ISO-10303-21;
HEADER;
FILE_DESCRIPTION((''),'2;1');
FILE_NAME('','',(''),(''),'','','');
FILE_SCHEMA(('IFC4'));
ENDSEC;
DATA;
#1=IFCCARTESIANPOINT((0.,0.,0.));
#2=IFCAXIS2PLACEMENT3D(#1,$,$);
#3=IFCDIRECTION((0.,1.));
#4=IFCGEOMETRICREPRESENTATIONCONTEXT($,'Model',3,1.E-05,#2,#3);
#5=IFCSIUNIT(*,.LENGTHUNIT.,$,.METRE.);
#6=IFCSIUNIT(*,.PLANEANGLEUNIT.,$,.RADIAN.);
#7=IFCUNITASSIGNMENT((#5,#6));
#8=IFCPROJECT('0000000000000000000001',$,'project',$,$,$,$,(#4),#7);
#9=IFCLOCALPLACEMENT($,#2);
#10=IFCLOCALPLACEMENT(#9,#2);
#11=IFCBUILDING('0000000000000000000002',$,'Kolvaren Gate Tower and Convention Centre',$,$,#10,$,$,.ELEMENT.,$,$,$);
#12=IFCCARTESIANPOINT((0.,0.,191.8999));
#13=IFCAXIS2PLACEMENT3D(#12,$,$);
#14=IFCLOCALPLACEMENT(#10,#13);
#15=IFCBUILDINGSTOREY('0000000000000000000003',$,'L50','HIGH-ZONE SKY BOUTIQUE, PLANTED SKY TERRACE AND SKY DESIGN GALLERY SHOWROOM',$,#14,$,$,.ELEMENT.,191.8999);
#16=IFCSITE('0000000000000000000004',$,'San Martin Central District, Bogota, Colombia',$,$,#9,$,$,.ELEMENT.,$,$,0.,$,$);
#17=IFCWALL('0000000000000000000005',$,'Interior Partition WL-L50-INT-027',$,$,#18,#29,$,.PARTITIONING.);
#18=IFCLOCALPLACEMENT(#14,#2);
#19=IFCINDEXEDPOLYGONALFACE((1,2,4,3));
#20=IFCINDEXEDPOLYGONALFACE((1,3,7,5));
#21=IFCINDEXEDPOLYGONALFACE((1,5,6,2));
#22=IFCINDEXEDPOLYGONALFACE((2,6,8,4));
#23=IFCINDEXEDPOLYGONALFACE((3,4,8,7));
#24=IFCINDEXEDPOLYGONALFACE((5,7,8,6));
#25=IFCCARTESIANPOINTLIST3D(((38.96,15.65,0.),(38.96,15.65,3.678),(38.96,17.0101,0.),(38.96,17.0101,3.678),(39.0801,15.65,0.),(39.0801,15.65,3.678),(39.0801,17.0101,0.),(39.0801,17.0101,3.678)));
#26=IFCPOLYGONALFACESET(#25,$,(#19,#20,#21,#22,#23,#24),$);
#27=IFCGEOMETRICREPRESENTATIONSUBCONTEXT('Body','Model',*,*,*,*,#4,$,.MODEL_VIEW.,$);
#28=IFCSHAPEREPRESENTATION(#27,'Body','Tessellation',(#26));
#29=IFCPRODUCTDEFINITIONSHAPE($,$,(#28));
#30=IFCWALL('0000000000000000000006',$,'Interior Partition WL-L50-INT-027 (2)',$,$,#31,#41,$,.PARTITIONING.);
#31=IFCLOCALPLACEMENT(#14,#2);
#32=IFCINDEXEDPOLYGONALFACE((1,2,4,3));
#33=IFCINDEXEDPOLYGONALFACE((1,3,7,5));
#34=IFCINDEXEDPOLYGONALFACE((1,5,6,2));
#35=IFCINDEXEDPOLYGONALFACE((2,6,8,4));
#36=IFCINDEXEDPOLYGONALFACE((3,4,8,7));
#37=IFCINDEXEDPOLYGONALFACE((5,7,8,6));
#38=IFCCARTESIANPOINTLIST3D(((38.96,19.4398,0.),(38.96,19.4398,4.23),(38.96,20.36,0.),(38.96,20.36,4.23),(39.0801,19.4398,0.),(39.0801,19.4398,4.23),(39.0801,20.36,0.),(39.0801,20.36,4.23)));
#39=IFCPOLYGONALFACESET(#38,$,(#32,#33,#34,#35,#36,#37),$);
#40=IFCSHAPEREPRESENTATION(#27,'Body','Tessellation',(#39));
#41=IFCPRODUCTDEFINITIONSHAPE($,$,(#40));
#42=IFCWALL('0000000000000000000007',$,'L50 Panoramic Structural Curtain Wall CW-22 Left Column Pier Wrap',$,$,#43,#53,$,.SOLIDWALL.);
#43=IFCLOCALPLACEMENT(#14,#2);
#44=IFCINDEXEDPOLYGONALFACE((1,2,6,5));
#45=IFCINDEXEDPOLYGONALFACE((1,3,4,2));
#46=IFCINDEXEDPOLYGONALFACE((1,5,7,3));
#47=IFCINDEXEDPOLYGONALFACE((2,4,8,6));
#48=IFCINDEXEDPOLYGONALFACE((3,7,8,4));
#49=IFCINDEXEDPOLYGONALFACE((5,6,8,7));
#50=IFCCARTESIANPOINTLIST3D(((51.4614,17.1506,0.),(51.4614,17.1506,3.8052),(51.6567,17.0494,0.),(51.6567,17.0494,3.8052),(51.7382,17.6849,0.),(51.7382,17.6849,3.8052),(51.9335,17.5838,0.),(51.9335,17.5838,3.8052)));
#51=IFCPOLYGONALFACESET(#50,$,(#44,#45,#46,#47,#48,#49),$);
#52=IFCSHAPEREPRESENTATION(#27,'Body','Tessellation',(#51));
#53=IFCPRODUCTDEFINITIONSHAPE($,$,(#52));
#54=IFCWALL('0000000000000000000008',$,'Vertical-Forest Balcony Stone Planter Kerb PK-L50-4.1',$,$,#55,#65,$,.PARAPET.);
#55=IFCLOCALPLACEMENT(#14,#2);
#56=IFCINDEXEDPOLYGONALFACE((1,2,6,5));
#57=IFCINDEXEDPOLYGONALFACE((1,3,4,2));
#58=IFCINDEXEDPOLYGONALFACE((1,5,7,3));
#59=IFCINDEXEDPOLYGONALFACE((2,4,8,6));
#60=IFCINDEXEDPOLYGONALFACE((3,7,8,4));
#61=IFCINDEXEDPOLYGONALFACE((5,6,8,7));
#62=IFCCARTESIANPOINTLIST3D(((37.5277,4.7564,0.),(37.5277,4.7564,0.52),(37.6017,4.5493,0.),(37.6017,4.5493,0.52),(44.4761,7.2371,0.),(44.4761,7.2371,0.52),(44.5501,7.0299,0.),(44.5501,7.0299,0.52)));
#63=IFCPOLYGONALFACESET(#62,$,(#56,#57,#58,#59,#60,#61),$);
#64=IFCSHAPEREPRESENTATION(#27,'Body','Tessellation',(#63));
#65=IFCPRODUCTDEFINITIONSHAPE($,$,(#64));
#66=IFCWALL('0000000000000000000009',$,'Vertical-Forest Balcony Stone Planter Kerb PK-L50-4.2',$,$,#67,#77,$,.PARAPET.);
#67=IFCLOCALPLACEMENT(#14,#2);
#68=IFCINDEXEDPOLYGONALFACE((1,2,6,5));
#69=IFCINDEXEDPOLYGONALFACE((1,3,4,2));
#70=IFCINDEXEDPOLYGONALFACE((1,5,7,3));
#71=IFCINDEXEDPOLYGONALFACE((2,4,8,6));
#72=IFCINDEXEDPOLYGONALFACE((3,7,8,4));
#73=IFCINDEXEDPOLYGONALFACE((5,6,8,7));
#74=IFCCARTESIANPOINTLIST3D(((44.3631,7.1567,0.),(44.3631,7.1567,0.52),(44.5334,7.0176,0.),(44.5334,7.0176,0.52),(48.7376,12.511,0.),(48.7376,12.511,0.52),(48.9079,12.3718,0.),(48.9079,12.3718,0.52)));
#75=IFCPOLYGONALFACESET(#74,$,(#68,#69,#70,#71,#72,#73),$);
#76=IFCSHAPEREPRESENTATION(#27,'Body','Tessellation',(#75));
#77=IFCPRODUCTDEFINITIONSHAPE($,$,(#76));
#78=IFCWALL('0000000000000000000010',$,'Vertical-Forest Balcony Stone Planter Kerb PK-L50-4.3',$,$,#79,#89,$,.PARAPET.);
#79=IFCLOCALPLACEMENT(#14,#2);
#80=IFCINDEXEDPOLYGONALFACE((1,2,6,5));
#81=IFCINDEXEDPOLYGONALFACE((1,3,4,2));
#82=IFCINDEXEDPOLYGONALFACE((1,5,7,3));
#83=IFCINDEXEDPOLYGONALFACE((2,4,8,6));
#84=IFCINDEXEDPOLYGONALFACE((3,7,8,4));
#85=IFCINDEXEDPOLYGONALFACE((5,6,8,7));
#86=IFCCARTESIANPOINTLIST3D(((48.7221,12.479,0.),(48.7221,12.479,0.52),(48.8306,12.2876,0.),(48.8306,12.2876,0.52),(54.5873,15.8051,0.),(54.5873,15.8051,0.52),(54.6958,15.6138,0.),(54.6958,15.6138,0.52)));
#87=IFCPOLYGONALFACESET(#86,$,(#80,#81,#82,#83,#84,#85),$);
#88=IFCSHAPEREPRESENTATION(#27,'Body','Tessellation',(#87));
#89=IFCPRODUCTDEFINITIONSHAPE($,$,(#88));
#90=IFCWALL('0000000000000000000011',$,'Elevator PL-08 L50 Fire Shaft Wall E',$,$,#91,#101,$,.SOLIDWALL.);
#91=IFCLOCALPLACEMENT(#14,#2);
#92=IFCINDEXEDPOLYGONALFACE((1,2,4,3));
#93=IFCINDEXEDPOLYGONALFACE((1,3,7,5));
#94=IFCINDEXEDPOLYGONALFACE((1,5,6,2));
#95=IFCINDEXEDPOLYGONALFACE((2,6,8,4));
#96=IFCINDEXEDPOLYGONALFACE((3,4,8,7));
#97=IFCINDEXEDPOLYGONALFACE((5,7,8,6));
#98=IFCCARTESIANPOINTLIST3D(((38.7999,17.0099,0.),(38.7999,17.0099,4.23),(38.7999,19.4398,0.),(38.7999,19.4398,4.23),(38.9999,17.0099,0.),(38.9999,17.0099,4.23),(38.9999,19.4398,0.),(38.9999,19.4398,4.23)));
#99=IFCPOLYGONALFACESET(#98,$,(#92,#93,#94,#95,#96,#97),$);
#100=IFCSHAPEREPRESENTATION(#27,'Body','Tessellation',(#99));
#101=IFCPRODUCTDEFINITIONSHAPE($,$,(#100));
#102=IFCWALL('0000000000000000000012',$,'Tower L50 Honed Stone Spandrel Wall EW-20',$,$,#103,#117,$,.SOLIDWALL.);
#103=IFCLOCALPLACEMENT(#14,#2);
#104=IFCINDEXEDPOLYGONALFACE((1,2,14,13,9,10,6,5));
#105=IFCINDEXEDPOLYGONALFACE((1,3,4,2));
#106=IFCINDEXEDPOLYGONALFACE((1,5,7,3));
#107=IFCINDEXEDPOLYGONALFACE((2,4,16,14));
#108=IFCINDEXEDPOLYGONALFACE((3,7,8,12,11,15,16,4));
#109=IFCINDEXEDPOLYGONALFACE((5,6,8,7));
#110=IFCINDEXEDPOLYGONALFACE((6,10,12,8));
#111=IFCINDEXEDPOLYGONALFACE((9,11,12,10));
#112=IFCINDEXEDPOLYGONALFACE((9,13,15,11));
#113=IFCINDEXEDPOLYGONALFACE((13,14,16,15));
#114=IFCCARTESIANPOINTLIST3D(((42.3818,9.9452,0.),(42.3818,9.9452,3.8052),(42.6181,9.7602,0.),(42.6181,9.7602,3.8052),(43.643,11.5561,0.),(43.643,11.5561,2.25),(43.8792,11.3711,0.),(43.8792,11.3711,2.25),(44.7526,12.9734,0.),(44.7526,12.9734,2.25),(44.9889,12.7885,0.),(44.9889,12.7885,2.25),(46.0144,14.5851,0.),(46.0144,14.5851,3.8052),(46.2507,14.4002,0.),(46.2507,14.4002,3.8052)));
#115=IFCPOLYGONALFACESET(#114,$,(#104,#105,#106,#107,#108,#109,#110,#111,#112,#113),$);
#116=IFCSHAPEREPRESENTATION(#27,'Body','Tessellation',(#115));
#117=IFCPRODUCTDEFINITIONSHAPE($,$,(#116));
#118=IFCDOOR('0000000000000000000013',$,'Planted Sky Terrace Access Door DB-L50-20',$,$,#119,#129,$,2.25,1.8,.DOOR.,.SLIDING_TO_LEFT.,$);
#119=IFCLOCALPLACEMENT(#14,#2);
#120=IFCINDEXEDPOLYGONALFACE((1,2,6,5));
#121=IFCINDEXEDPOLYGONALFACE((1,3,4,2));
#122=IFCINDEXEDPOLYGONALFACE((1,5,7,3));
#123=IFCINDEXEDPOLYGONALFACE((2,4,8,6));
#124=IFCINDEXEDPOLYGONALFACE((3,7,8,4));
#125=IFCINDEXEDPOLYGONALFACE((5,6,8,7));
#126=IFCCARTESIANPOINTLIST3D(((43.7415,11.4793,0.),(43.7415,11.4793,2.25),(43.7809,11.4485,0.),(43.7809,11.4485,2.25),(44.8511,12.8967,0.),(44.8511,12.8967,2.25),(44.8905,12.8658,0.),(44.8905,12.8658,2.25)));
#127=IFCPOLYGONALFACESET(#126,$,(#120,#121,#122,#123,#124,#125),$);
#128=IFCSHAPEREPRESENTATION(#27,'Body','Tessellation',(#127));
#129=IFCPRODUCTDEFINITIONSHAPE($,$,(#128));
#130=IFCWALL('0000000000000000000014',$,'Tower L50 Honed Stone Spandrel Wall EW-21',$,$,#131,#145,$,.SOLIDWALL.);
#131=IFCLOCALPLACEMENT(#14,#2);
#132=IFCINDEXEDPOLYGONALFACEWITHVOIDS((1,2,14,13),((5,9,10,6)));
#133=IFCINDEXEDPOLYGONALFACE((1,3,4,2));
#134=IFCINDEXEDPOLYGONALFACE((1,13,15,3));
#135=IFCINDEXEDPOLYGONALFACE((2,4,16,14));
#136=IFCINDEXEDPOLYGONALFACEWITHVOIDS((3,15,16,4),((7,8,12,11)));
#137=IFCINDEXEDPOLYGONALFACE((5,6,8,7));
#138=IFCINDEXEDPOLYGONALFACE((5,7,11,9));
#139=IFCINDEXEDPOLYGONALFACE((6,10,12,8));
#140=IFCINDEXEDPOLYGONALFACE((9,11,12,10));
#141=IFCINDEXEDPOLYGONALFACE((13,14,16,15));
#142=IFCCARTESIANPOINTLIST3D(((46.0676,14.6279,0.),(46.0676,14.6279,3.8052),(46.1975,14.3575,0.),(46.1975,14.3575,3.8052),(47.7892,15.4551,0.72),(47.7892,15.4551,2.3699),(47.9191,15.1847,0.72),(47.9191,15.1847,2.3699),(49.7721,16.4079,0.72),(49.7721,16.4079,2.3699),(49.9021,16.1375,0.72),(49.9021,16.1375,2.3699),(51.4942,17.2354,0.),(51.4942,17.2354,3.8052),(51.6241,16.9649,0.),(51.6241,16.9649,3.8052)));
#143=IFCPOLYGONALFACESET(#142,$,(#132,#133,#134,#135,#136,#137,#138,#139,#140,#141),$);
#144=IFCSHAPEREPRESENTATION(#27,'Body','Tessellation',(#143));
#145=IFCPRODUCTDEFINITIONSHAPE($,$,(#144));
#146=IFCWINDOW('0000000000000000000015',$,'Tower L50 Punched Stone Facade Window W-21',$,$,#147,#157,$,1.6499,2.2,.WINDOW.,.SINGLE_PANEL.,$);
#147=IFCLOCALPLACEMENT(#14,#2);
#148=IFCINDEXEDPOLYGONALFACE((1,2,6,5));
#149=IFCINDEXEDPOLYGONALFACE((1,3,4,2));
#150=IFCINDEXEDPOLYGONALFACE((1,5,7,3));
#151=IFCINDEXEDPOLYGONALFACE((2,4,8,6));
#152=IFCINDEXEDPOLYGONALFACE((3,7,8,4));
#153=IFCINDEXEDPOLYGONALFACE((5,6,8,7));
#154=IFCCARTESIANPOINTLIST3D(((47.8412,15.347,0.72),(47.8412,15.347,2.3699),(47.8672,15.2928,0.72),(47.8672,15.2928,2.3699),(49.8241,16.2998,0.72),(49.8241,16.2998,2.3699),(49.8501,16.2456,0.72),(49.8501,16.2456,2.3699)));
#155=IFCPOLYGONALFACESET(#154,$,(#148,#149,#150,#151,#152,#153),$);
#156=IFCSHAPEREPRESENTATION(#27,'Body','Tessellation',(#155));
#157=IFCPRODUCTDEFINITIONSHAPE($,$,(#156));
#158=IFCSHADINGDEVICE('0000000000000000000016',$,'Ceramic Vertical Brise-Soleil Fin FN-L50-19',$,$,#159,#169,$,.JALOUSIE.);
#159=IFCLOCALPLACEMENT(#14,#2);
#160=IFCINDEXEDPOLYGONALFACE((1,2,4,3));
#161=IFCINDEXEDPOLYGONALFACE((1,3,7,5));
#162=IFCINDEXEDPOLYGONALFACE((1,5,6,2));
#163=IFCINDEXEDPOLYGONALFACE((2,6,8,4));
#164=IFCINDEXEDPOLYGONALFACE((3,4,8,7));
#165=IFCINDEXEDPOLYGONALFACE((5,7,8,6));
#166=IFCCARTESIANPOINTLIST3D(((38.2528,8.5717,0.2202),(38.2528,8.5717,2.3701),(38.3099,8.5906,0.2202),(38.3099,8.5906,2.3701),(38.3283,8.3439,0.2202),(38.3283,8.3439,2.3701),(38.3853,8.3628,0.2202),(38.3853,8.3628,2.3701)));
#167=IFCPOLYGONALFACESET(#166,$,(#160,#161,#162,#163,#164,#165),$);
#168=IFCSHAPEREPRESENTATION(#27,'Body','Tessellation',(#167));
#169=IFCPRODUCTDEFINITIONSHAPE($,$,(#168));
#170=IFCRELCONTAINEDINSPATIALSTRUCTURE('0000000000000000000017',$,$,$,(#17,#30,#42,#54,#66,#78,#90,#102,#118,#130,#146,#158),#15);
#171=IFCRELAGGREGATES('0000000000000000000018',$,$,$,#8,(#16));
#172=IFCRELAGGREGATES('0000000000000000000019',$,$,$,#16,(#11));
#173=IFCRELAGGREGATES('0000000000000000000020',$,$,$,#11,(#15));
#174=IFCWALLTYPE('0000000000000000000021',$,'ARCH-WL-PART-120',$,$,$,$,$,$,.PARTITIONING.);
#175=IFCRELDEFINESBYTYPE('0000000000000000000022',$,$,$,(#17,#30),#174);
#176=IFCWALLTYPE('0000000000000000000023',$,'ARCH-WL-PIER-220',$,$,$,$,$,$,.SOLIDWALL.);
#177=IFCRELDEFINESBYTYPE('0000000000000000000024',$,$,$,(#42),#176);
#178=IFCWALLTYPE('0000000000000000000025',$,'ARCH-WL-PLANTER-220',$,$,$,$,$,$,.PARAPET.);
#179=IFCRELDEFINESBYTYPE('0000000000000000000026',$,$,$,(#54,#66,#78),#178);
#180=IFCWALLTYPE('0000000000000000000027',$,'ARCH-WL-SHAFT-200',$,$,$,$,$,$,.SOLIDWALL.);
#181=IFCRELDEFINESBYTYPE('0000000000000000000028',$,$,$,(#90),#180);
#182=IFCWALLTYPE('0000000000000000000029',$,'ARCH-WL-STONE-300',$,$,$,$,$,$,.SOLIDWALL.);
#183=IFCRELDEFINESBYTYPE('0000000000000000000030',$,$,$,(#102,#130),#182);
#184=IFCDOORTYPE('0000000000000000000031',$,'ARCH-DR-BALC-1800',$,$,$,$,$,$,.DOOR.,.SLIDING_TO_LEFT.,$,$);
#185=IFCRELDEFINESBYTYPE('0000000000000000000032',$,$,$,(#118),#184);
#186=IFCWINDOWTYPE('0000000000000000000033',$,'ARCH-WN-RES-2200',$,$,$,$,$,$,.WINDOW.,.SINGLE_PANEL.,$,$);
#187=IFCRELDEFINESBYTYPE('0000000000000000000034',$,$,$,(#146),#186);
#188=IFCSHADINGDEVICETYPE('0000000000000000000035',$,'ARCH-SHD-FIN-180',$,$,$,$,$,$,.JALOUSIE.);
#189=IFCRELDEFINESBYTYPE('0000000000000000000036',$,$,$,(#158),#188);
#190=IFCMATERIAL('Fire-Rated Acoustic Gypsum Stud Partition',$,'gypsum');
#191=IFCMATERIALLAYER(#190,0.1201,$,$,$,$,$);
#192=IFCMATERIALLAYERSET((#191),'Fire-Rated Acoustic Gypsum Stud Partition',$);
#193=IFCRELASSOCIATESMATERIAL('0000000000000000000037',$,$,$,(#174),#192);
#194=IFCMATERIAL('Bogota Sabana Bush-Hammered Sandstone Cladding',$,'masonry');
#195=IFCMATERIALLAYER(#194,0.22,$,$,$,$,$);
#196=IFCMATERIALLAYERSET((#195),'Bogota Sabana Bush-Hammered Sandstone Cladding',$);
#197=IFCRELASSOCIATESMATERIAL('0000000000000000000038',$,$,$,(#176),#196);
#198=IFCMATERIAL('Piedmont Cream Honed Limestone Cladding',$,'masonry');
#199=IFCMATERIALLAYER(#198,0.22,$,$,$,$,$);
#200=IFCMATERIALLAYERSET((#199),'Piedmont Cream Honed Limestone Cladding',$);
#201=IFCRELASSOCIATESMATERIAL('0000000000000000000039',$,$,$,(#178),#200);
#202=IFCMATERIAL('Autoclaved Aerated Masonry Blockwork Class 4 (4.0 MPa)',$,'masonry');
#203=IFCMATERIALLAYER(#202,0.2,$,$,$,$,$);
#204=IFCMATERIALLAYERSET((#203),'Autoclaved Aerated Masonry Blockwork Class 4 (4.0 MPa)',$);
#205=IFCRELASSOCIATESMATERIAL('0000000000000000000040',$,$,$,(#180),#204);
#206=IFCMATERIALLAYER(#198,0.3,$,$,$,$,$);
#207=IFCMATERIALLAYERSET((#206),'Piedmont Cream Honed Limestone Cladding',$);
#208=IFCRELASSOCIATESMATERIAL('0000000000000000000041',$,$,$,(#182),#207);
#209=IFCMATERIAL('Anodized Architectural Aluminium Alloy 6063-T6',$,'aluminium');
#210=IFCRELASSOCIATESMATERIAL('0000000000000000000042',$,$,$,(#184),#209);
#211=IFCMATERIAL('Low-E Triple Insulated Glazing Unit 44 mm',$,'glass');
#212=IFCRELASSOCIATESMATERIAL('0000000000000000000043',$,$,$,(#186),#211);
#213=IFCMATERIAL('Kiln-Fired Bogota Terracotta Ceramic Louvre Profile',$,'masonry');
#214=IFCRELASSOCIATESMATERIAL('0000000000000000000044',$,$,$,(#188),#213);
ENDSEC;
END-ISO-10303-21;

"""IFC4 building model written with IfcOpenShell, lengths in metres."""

from ifc_helpers import new_model, si_unit, direction, frame, frame_2d, origin, origin_2d, place, context, subcontext, project, spatial, rectangle, extrude, material, layer, layer_set, type_object, element, fill, save


model = new_model("IFC4")

# Units and contexts
model_context = context("Model", 3, precision=1e-05, world=origin(), true_north=direction((0.0, 1.0)))
body_context = subcontext(model_context, "Body", "Model", "MODEL_VIEW")
ifc_project = project(units=[si_unit("LENGTHUNIT", "METRE"), si_unit("PLANEANGLEUNIT", "RADIAN")], contexts=[model_context])

# Site, building, storey
site_placement = place(None, origin())
site = spatial("IfcSite", under=ifc_project, at=site_placement, Name="San Martin Central District, Bogota, Colombia", CompositionType="ELEMENT", RefElevation=0.0)
building_placement = place(site_placement, origin())
building = spatial("IfcBuilding", under=site, at=building_placement, Name="Kolvaren Gate Tower and Convention Centre", CompositionType="ELEMENT")
storey_placement = place(building_placement, frame((0.0, 0.0, 191.8999)))
storey = spatial("IfcBuildingStorey", under=building, at=storey_placement, Name="L50", Description="HIGH-ZONE SKY BOUTIQUE, PLANTED SKY TERRACE AND SKY DESIGN GALLERY SHOWROOM", CompositionType="ELEMENT", Elevation=191.8999)

# Shared definitions
ifc_material_1 = material(Name="Anodized Architectural Aluminium Alloy 6063-T6", Category="aluminium")

# Shared definitions
ifc_material_2 = material(Name="Low-E Triple Insulated Glazing Unit 44 mm", Category="glass")

# Walls
ifc_material_3 = material(Name="Fire-Rated Acoustic Gypsum Stud Partition", Category="gypsum")
ifc_layer_1 = layer(ifc_material_3, 0.1201)
ifc_layer_set_1 = layer_set([ifc_layer_1], Name="Fire-Rated Acoustic Gypsum Stud Partition")
wall_type_1 = type_object("IfcWallType", Name="ARCH-WL-PART-120", PredefinedType="PARTITIONING", material=ifc_layer_set_1)
wall_1_placement = place(storey_placement, frame((39.02, 15.6499, 0.0), z_axis=(0.0, 0.0, 1.0), x_axis=(0.0, 1.0, 0.0)))
element("IfcWall", 1, at=wall_1_placement, inside=storey, type_object=wall_type_1, Name="Interior Partition WL-L50-INT-027", PredefinedType="PARTITIONING", context=body_context, shape_type="SweptSolid", body=[
    extrude(rectangle(XDim=1.3601, YDim=0.1201, at=frame_2d((0.6802, 0.0))), origin(), (0.0, 0.0, 1.0), 3.678),
])
wall_2_placement = place(storey_placement, frame((39.02, 19.4399, 0.0), z_axis=(0.0, 0.0, 1.0), x_axis=(0.0, 1.0, 0.0)))
element("IfcWall", 2, at=wall_2_placement, inside=storey, type_object=wall_type_1, Name="Interior Partition WL-L50-INT-027 (2)", PredefinedType="PARTITIONING", context=body_context, shape_type="SweptSolid", body=[
    extrude(rectangle(XDim=0.9202, YDim=0.1201, at=frame_2d((0.46, 0.0))), origin(), (0.0, 0.0, 1.0), 4.23),
])
ifc_material_4 = material(Name="Bogota Sabana Bush-Hammered Sandstone Cladding", Category="masonry")
ifc_layer_2 = layer(ifc_material_4, 0.22)
ifc_layer_set_2 = layer_set([ifc_layer_2], Name="Bogota Sabana Bush-Hammered Sandstone Cladding")
wall_type_2 = type_object("IfcWallType", Name="ARCH-WL-PIER-220", PredefinedType="SOLIDWALL", material=ifc_layer_set_2)
wall_3_placement = place(storey_placement, frame((51.5591, 17.1001, 0.0), z_axis=(0.0, 0.0, 1.0), x_axis=(0.459986, 0.887926, 0.0)))
element("IfcWall", 3, at=wall_3_placement, inside=storey, type_object=wall_type_2, Name="L50 Panoramic Structural Curtain Wall CW-22 Left Column Pier Wrap", PredefinedType="SOLIDWALL", context=body_context, shape_type="SweptSolid", body=[
    extrude(rectangle(XDim=0.6018, YDim=0.22, at=frame_2d((0.3008, 0.0))), origin(), (0.0, 0.0, 1.0), 3.8052),
])
ifc_material_5 = material(Name="Piedmont Cream Honed Limestone Cladding", Category="masonry")
ifc_layer_3 = layer(ifc_material_5, 0.22)
ifc_layer_set_3 = layer_set([ifc_layer_3], Name="Piedmont Cream Honed Limestone Cladding")
wall_type_3 = type_object("IfcWallType", Name="ARCH-WL-PLANTER-220", PredefinedType="PARAPET", material=ifc_layer_set_3)
wall_4_placement = place(storey_placement, frame((37.5647, 4.6528, 0.0), z_axis=(0.0, 0.0, 1.0), x_axis=(0.94178, 0.336229, 0.0)))
element("IfcWall", 4, at=wall_4_placement, inside=storey, type_object=wall_type_3, Name="Vertical-Forest Balcony Stone Planter Kerb PK-L50-4.1", PredefinedType="PARAPET", context=body_context, shape_type="SweptSolid", body=[
    extrude(rectangle(XDim=7.3779, YDim=0.22, at=frame_2d((3.689, 0.0))), origin(), (0.0, 0.0, 1.0), 0.52),
])
wall_5_placement = place(storey_placement, frame((44.4482, 7.0872, 0.0), z_axis=(0.0, 0.0, 1.0), x_axis=(0.632697, 0.774399, 0.0)))
element("IfcWall", 5, at=wall_5_placement, inside=storey, type_object=wall_type_3, Name="Vertical-Forest Balcony Stone Planter Kerb PK-L50-4.2", PredefinedType="PARAPET", context=body_context, shape_type="SweptSolid", body=[
    extrude(rectangle(XDim=6.9141, YDim=0.22, at=frame_2d((3.457, 0.0))), origin(), (0.0, 0.0, 1.0), 0.52),
])
wall_6_placement = place(storey_placement, frame((48.7764, 12.3833, 0.0), z_axis=(0.0, 0.0, 1.0), x_axis=(0.869861, 0.493298, 0.0)))
element("IfcWall", 6, at=wall_6_placement, inside=storey, type_object=wall_type_3, Name="Vertical-Forest Balcony Stone Planter Kerb PK-L50-4.3", PredefinedType="PARAPET", context=body_context, shape_type="SweptSolid", body=[
    extrude(rectangle(XDim=6.7427, YDim=0.22, at=frame_2d((3.3713, 0.0))), origin(), (0.0, 0.0, 1.0), 0.52),
])
ifc_material_6 = material(Name="Autoclaved Aerated Masonry Blockwork Class 4 (4.0 MPa)", Category="masonry")
ifc_layer_4 = layer(ifc_material_6, 0.2)
ifc_layer_set_4 = layer_set([ifc_layer_4], Name="Autoclaved Aerated Masonry Blockwork Class 4 (4.0 MPa)")
wall_type_4 = type_object("IfcWallType", Name="ARCH-WL-SHAFT-200", PredefinedType="SOLIDWALL", material=ifc_layer_set_4)
wall_7_placement = place(storey_placement, frame((38.8999, 17.01, 0.0), z_axis=(0.0, 0.0, 1.0), x_axis=(0.0, 1.0, 0.0)))
element("IfcWall", 7, at=wall_7_placement, inside=storey, type_object=wall_type_4, Name="Elevator PL-08 L50 Fire Shaft Wall E", PredefinedType="SOLIDWALL", context=body_context, shape_type="SweptSolid", body=[
    extrude(rectangle(XDim=2.4299, YDim=0.2, at=frame_2d((1.2148, 0.0))), origin(), (0.0, 0.0, 1.0), 4.23),
])

# Wall, opening, door
ifc_layer_5 = layer(ifc_material_5, 0.3)
ifc_layer_set_5 = layer_set([ifc_layer_5], Name="Piedmont Cream Honed Limestone Cladding")
wall_type_5 = type_object("IfcWallType", Name="ARCH-WL-STONE-300", PredefinedType="SOLIDWALL", material=ifc_layer_set_5)
wall_8_placement = place(storey_placement, frame((42.5, 9.8528, 0.0), z_axis=(0.0, 0.0, 1.0), x_axis=(0.61645, 0.787394, 0.0)))
wall_8 = element("IfcWall", 8, at=wall_8_placement, inside=storey, type_object=wall_type_5, Name="Tower L50 Honed Stone Spandrel Wall EW-20", PredefinedType="SOLIDWALL", context=body_context, shape_type="SweptSolid", body=[
    extrude(rectangle(XDim=5.8928, YDim=0.3, at=frame_2d((2.9463, 0.0))), origin(), (0.0, 0.0, 1.0), 3.8052),
])
opening_1_placement = place(wall_8_placement, frame((2.0459, 0.0, 0.0)))
opening_1 = element("IfcOpeningElement", 9, at=opening_1_placement, cuts=wall_8, PredefinedType="OPENING", context=body_context, shape_type="SweptSolid", body=[
    extrude(rectangle(XDim=1.8, YDim=2.25, at=frame_2d((0.8999, 1.125))), frame((0.0, 0.1599, 0.0), z_axis=(0.0, -1.0, 0.0), x_axis=(1.0, 0.0, 0.0)), (0.0, 0.0, 1.0), 0.3201),
])
door_type = type_object("IfcDoorType", Name="ARCH-DR-BALC-1800", OperationType="SLIDING_TO_LEFT", PredefinedType="DOOR", material=ifc_material_1)
door_placement = place(opening_1_placement, frame((1.8, 0.0, 0.0), z_axis=(0.0, 0.0, 1.0), x_axis=(-1.0, 0.0, 0.0)))
door = element("IfcDoor", 10, at=door_placement, inside=storey, type_object=door_type, Name="Planted Sky Terrace Access Door DB-L50-20", OperationType="SLIDING_TO_LEFT", OverallHeight=2.25, OverallWidth=1.8, PredefinedType="DOOR", context=body_context, shape_type="SweptSolid", body=[
    extrude(rectangle(XDim=1.8, YDim=2.25, at=frame_2d((0.8999, 1.125))), frame((0.0, 0.0249, 0.0), z_axis=(0.0, -1.0, 0.0), x_axis=(1.0, 0.0, 0.0)), (0.0, 0.0, 1.0), 0.05),
])
fill(opening_1, door)

# Wall, opening, window
wall_9_placement = place(storey_placement, frame((46.1326, 14.4927, 0.0), z_axis=(0.0, 0.0, 1.0), x_axis=(0.901348, 0.433095, 0.0)))
wall_9 = element("IfcWall", 11, at=wall_9_placement, inside=storey, type_object=wall_type_5, Name="Tower L50 Honed Stone Spandrel Wall EW-21", PredefinedType="SOLIDWALL", context=body_context, shape_type="SweptSolid", body=[
    extrude(rectangle(XDim=6.0205, YDim=0.3, at=frame_2d((3.0103, 0.0))), origin(), (0.0, 0.0, 1.0), 3.8052),
])
opening_2_placement = place(wall_9_placement, frame((1.9099, 0.0, 0.72)))
opening_2 = element("IfcOpeningElement", 12, at=opening_2_placement, cuts=wall_9, PredefinedType="OPENING", context=body_context, shape_type="SweptSolid", body=[
    extrude(rectangle(XDim=2.2, YDim=1.6499, at=frame_2d((1.1001, 0.825))), frame((0.0, 0.1599, 0.0), z_axis=(0.0, -1.0, 0.0), x_axis=(1.0, 0.0, 0.0)), (0.0, 0.0, 1.0), 0.3201),
])
window_type = type_object("IfcWindowType", Name="ARCH-WN-RES-2200", PartitioningType="SINGLE_PANEL", PredefinedType="WINDOW", material=ifc_material_2)
window_placement = place(opening_2_placement, origin())
window = element("IfcWindow", 13, at=window_placement, inside=storey, type_object=window_type, Name="Tower L50 Punched Stone Facade Window W-21", OverallHeight=1.6499, OverallWidth=2.2, PartitioningType="SINGLE_PANEL", PredefinedType="WINDOW", context=body_context, shape_type="SweptSolid", body=[
    extrude(rectangle(XDim=2.2, YDim=1.6499, at=frame_2d((1.1001, 0.825))), frame((0.0, 0.03, 0.0), z_axis=(0.0, -1.0, 0.0), x_axis=(1.0, 0.0, 0.0)), (0.0, 0.0, 1.0), 0.0601),
])
fill(opening_2, window)

# Shading device
ifc_material_7 = material(Name="Kiln-Fired Bogota Terracotta Ceramic Louvre Profile", Category="masonry")
shading_device_type = type_object("IfcShadingDeviceType", Name="ARCH-SHD-FIN-180", PredefinedType="JALOUSIE", material=ifc_material_7)
shading_device_placement = place(storey_placement, frame((38.3191, 8.4673, 0.2202), z_axis=(0.0, 0.0, 1.0), x_axis=(0.949242, 0.314548, 0.0)))
element("IfcShadingDevice", 14, at=shading_device_placement, inside=storey, type_object=shading_device_type, Name="Ceramic Vertical Brise-Soleil Fin FN-L50-19", PredefinedType="JALOUSIE", context=body_context, shape_type="SweptSolid", body=[
    extrude(rectangle(XDim=0.0601, YDim=0.24, at=origin_2d()), origin(), (0.0, 0.0, 1.0), 2.1499),
])

save(model, "model.ifc")
